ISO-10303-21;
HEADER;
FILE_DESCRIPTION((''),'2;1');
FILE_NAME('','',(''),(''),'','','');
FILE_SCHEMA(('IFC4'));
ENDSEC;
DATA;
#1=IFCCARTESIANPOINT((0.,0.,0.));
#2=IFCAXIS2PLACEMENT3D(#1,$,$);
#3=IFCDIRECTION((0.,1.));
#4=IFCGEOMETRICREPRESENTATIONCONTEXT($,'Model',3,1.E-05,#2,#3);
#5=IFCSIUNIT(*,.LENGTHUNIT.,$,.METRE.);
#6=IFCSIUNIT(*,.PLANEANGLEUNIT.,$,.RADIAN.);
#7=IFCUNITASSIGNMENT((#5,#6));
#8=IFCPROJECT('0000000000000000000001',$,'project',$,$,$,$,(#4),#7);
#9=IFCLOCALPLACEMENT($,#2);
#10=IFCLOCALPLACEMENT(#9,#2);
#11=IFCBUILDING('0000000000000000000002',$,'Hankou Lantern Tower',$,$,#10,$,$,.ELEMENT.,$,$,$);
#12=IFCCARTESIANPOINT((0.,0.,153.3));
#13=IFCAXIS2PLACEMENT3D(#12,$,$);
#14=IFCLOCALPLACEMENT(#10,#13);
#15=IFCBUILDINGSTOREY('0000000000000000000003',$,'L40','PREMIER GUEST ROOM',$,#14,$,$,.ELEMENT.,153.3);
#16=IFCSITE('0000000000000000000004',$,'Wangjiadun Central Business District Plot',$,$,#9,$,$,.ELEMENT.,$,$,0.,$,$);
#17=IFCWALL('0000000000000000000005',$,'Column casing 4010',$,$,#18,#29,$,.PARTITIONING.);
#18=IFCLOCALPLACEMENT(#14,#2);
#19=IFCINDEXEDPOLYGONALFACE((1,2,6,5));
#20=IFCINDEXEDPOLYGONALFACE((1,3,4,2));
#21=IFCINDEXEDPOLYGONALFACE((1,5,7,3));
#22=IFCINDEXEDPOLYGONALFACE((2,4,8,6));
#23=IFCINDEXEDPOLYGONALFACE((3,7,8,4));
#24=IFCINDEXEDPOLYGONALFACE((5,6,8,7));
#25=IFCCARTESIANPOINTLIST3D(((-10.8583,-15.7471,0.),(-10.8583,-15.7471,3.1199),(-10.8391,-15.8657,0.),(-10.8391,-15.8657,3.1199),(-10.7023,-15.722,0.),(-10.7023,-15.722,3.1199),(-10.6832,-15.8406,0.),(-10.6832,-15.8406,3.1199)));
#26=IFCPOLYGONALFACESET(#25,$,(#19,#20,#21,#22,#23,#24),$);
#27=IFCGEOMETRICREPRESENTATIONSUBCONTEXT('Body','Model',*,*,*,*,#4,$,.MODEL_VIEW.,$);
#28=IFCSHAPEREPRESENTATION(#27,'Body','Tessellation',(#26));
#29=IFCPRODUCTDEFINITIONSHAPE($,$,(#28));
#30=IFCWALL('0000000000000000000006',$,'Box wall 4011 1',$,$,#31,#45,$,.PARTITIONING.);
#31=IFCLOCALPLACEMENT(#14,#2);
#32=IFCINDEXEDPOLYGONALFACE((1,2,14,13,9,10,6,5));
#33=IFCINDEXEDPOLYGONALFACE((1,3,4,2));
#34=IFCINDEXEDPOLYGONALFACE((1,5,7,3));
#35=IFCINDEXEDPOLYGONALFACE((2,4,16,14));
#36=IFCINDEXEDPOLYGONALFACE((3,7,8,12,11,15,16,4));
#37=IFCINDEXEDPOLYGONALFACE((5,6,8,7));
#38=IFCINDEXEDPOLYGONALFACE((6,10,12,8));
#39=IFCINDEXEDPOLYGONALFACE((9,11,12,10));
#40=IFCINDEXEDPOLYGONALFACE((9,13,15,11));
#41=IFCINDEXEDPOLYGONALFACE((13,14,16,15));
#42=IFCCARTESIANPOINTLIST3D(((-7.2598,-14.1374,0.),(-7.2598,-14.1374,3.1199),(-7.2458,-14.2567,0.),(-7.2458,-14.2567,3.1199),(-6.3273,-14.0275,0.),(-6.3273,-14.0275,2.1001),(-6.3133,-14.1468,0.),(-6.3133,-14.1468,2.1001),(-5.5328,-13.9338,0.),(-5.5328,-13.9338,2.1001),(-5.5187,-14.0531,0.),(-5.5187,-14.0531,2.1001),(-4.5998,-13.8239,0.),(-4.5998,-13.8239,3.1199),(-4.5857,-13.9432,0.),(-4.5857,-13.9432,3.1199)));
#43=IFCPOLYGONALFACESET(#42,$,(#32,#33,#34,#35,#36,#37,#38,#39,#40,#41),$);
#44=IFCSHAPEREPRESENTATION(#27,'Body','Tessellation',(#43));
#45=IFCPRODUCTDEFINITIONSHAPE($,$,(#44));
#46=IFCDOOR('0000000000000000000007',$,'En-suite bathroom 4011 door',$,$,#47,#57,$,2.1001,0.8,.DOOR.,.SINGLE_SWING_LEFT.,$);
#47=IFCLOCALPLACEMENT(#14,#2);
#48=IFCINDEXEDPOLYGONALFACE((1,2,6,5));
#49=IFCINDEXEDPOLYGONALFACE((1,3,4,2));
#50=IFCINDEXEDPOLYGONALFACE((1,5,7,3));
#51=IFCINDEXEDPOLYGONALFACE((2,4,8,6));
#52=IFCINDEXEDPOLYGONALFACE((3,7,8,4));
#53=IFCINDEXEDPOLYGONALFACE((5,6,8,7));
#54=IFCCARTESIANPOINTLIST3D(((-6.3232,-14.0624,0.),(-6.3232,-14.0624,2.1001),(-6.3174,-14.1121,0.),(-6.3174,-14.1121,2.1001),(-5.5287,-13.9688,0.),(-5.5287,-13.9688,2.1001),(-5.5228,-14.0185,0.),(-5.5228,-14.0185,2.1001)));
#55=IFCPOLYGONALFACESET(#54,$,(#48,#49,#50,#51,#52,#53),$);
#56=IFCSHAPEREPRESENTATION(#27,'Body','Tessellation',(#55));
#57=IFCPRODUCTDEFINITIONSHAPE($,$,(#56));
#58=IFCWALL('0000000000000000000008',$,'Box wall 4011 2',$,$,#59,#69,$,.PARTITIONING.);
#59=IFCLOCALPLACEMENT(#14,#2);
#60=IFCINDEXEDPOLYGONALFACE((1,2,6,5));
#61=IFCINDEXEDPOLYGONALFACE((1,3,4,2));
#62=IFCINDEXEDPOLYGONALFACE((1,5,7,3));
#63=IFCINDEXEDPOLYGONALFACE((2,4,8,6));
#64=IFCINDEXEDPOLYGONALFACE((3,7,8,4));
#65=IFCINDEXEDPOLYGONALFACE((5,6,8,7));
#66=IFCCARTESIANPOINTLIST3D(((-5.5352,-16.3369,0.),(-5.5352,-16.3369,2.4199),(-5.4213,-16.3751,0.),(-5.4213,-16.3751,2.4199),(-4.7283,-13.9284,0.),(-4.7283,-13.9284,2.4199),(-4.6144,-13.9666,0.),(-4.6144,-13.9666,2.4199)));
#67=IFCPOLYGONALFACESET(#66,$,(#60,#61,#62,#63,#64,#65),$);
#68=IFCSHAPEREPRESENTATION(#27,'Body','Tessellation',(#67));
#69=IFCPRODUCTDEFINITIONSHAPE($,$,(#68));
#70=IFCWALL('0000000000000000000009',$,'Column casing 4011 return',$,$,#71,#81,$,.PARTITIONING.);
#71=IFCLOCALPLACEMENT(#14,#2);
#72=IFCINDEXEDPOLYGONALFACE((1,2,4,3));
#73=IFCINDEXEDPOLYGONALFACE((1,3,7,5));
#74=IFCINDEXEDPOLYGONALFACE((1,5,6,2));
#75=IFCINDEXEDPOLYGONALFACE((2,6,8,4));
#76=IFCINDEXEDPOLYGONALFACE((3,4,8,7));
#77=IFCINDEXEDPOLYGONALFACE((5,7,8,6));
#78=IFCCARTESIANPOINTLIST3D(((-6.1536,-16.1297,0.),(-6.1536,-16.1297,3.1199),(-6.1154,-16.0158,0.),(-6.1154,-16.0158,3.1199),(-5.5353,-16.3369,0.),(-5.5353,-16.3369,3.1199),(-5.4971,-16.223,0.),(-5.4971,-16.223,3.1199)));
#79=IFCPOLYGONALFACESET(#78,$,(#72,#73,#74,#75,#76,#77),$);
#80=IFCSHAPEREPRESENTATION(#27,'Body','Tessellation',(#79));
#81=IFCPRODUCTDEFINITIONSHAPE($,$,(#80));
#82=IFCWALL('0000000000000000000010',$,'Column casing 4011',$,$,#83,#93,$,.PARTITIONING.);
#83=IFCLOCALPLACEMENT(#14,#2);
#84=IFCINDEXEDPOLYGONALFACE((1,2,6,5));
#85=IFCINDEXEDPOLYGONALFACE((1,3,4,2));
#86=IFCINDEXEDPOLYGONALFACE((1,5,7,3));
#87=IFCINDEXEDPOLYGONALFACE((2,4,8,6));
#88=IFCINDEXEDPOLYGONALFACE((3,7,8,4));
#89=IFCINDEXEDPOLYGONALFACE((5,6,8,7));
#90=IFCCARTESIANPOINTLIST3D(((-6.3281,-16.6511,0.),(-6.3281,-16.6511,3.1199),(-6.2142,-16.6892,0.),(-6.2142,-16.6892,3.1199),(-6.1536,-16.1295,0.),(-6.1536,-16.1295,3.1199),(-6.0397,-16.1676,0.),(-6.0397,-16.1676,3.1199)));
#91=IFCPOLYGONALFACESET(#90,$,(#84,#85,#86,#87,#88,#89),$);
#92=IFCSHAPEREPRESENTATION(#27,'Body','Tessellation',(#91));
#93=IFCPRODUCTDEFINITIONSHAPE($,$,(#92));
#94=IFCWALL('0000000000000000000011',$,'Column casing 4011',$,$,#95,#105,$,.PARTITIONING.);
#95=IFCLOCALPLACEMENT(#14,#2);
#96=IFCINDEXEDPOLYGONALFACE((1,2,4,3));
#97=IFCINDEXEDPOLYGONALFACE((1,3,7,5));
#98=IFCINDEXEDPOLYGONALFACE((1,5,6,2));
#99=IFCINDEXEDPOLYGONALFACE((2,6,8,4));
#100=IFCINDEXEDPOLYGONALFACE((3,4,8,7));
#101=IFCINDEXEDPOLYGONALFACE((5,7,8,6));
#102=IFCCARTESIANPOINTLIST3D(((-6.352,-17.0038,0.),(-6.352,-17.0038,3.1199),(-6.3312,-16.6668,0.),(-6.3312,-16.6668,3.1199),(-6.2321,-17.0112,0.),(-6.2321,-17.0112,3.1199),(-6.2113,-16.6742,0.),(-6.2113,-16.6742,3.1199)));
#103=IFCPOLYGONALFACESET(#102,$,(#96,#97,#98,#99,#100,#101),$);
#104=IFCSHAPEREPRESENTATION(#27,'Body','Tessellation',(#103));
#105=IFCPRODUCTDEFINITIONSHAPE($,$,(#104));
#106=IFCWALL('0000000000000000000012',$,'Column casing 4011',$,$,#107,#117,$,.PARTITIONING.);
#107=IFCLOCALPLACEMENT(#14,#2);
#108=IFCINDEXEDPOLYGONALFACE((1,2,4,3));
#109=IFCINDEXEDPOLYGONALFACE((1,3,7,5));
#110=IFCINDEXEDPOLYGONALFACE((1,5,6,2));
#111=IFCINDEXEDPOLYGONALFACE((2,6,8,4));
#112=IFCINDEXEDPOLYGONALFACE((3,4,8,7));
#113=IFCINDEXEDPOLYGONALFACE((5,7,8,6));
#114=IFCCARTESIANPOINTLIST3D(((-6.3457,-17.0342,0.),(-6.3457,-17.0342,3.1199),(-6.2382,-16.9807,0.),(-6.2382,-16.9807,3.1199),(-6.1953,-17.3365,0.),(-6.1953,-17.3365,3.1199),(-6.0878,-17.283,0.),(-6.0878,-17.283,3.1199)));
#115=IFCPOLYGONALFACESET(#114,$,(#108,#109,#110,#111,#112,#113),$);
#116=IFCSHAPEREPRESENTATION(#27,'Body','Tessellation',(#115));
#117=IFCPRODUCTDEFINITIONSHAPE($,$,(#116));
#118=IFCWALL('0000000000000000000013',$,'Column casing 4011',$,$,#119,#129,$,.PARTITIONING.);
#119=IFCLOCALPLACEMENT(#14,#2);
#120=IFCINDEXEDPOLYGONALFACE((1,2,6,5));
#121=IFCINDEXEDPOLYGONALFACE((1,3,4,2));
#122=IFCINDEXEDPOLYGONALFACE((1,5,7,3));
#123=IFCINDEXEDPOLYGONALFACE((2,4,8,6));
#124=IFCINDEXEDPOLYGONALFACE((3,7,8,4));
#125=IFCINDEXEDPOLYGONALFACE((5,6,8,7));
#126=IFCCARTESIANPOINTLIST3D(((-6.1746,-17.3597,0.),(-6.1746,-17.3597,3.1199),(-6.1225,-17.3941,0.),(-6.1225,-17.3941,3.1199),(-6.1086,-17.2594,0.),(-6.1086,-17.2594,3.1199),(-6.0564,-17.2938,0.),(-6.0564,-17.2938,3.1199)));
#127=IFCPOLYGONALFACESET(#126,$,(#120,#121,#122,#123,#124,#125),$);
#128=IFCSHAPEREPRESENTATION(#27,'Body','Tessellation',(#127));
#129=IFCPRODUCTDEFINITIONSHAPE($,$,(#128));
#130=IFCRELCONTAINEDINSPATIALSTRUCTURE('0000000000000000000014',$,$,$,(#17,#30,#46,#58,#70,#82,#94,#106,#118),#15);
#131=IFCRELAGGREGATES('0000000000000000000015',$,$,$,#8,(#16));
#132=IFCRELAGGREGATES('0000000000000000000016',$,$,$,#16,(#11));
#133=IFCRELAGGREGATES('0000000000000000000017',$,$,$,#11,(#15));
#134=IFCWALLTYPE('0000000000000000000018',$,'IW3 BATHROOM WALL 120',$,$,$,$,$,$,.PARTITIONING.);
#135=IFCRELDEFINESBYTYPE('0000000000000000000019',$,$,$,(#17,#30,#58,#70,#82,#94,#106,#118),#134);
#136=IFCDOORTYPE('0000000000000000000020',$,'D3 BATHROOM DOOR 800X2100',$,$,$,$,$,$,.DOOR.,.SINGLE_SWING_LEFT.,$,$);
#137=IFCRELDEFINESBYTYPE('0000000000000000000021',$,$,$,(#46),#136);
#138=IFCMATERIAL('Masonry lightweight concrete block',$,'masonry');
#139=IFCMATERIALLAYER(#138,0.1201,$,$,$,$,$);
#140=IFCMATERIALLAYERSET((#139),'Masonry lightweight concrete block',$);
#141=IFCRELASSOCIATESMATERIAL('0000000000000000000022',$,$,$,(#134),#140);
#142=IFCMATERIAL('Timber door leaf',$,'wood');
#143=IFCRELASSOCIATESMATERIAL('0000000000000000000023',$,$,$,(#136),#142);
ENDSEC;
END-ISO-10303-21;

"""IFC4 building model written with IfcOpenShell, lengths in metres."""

from ifc_helpers import new_model, si_unit, direction, frame, frame_2d, origin, place, context, subcontext, project, spatial, rectangle, extrude, material, layer, layer_set, type_object, element, fill, save


model = new_model("IFC4")

# Units and contexts
model_context = context("Model", 3, precision=1e-05, world=origin(), true_north=direction((0.0, 1.0)))
body_context = subcontext(model_context, "Body", "Model", "MODEL_VIEW")
ifc_project = project(units=[si_unit("LENGTHUNIT", "METRE"), si_unit("PLANEANGLEUNIT", "RADIAN")], contexts=[model_context])

# Site, building, storey
site_placement = place(None, origin())
site = spatial("IfcSite", under=ifc_project, at=site_placement, Name="Wangjiadun Central Business District Plot", CompositionType="ELEMENT", RefElevation=0.0)
building_placement = place(site_placement, origin())
building = spatial("IfcBuilding", under=site, at=building_placement, Name="Hankou Lantern Tower", CompositionType="ELEMENT")
storey_placement = place(building_placement, frame((0.0, 0.0, 153.3)))
storey = spatial("IfcBuildingStorey", under=building, at=storey_placement, Name="L40", Description="PREMIER GUEST ROOM", CompositionType="ELEMENT", Elevation=153.3)

# Shared definitions
ifc_material_1 = material(Name="Masonry lightweight concrete block", Category="masonry")
ifc_layer_1 = layer(ifc_material_1, 0.1201)
ifc_layer_set_1 = layer_set([ifc_layer_1], Name="Masonry lightweight concrete block")
wall_type_1 = type_object("IfcWallType", Name="IW3 BATHROOM WALL 120", PredefinedType="PARTITIONING", material=ifc_layer_set_1)
ifc_material_2 = material(Name="Timber door leaf", Category="wood")
door_type = type_object("IfcDoorType", Name="D3 BATHROOM DOOR 800X2100", OperationType="SINGLE_SWING_LEFT", PredefinedType="DOOR", material=ifc_material_2)

# Wall
wall_1_placement = place(storey_placement, frame((-10.6926, -15.7812, 0.0), z_axis=(0.0, 0.0, 1.0), x_axis=(-0.987257, -0.159135, 0.0)))
element("IfcWall", 1, at=wall_1_placement, inside=storey, type_object=wall_type_1, Name="Column casing 4010", PredefinedType="PARTITIONING", context=body_context, shape_type="SweptSolid", body=[
    extrude(rectangle(XDim=0.158, YDim=0.1201, at=frame_2d((0.0791, 0.0))), origin(), (0.0, 0.0, 1.0), 3.1199),
])

# Wall, opening, door
wall_2_placement = place(storey_placement, frame((-7.2529, -14.197, 0.0), z_axis=(0.0, 0.0, 1.0), x_axis=(0.993128, 0.117032, 0.0)))
wall_2 = element("IfcWall", 2, at=wall_2_placement, inside=storey, type_object=wall_type_1, Name="Box wall 4011 1", PredefinedType="PARTITIONING", context=body_context, shape_type="SweptSolid", body=[
    extrude(rectangle(XDim=2.6785, YDim=0.1201, at=frame_2d((1.3394, 0.0))), origin(), (0.0, 0.0, 1.0), 3.1199),
])
opening_1_placement = place(wall_2_placement, frame((0.9392, 0.0, 0.0)))
opening_1 = element("IfcOpeningElement", 3, at=opening_1_placement, cuts=wall_2, PredefinedType="OPENING", context=body_context, shape_type="SweptSolid", body=[
    extrude(rectangle(XDim=0.8, YDim=2.1001, at=frame_2d((0.3999, 1.05))), frame((0.0, 0.0701, 0.0), z_axis=(0.0, -1.0, 0.0), x_axis=(1.0, 0.0, 0.0)), (0.0, 0.0, 1.0), 0.1401),
])
door_1_placement = place(opening_1_placement, origin())
door_1 = element("IfcDoor", 4, at=door_1_placement, inside=storey, type_object=door_type, Name="En-suite bathroom 4011 door", OperationType="SINGLE_SWING_LEFT", OverallHeight=2.1001, OverallWidth=0.8, PredefinedType="DOOR", context=body_context, shape_type="SweptSolid", body=[
    extrude(rectangle(XDim=0.8, YDim=2.1001, at=frame_2d((0.3999, 1.05))), frame((0.0, 0.0249, 0.0), z_axis=(0.0, -1.0, 0.0), x_axis=(1.0, 0.0, 0.0)), (0.0, 0.0, 1.0), 0.05),
])
fill(opening_1, door_1)

# Walls
wall_3_placement = place(storey_placement, frame((-4.6714, -13.9475, 0.0), z_axis=(0.0, 0.0, 1.0), x_axis=(-0.317669, -0.948202, 0.0)))
element("IfcWall", 5, at=wall_3_placement, inside=storey, type_object=wall_type_1, Name="Box wall 4011 2", PredefinedType="PARTITIONING", context=body_context, shape_type="SweptSolid", body=[
    extrude(rectangle(XDim=2.54, YDim=0.1201, at=frame_2d((1.27, 0.0))), origin(), (0.0, 0.0, 1.0), 2.4199),
])
wall_4_placement = place(storey_placement, frame((-5.5161, -16.28, 0.0), z_axis=(0.0, 0.0, 1.0), x_axis=(-0.948158, 0.317799, 0.0)))
element("IfcWall", 6, at=wall_4_placement, inside=storey, type_object=wall_type_1, Name="Column casing 4011 return", PredefinedType="PARTITIONING", context=body_context, shape_type="SweptSolid", body=[
    extrude(rectangle(XDim=0.6521, YDim=0.1201, at=frame_2d((0.3262, 0.0))), origin(), (0.0, 0.0, 1.0), 3.1199),
])
wall_5_placement = place(storey_placement, frame((-6.0967, -16.1487, 0.0), z_axis=(0.0, 0.0, 1.0), x_axis=(-0.317293, -0.948328, 0.0)))
element("IfcWall", 7, at=wall_5_placement, inside=storey, type_object=wall_type_1, Name="Column casing 4011", PredefinedType="PARTITIONING", context=body_context, shape_type="SweptSolid", body=[
    extrude(rectangle(XDim=0.55, YDim=0.1201, at=frame_2d((0.2749, 0.0))), origin(), (0.0, 0.0, 1.0), 3.1199),
])
for number, where, z_axis, x_axis, name in (
    (8, (-6.2712, -16.6704, 0.0), (0.0, 0.0, 1.0), (-0.061478, -0.998108, 0.0), "Column casing 4011"),
    (9, (-6.292, -17.0073, 0.0), (0.0, 0.0, 1.0), (0.445477, -0.895293, 0.0), "Column casing 4011"),
):
    element("IfcWall", number, at=place(storey_placement, frame(where, z_axis=z_axis, x_axis=x_axis)), inside=storey, type_object=wall_type_1, Name=name, PredefinedType="PARTITIONING", context=body_context, shape_type="SweptSolid", body=[
        extrude(rectangle(XDim=0.3376, YDim=0.1201, at=frame_2d((0.1689, 0.0))), origin(), (0.0, 0.0, 1.0), 3.1199),
    ])
wall_6_placement = place(storey_placement, frame((-6.1416, -17.3096, 0.0), z_axis=(0.0, 0.0, 1.0), x_axis=(0.83504, -0.55019, 0.0)))
element("IfcWall", 10, at=wall_6_placement, inside=storey, type_object=wall_type_1, Name="Column casing 4011", PredefinedType="PARTITIONING", context=body_context, shape_type="SweptSolid", body=[
    extrude(rectangle(XDim=0.0625, YDim=0.1201, at=frame_2d((0.0312, 0.0))), origin(), (0.0, 0.0, 1.0), 3.1199),
])

save(model, "model.ifc")
